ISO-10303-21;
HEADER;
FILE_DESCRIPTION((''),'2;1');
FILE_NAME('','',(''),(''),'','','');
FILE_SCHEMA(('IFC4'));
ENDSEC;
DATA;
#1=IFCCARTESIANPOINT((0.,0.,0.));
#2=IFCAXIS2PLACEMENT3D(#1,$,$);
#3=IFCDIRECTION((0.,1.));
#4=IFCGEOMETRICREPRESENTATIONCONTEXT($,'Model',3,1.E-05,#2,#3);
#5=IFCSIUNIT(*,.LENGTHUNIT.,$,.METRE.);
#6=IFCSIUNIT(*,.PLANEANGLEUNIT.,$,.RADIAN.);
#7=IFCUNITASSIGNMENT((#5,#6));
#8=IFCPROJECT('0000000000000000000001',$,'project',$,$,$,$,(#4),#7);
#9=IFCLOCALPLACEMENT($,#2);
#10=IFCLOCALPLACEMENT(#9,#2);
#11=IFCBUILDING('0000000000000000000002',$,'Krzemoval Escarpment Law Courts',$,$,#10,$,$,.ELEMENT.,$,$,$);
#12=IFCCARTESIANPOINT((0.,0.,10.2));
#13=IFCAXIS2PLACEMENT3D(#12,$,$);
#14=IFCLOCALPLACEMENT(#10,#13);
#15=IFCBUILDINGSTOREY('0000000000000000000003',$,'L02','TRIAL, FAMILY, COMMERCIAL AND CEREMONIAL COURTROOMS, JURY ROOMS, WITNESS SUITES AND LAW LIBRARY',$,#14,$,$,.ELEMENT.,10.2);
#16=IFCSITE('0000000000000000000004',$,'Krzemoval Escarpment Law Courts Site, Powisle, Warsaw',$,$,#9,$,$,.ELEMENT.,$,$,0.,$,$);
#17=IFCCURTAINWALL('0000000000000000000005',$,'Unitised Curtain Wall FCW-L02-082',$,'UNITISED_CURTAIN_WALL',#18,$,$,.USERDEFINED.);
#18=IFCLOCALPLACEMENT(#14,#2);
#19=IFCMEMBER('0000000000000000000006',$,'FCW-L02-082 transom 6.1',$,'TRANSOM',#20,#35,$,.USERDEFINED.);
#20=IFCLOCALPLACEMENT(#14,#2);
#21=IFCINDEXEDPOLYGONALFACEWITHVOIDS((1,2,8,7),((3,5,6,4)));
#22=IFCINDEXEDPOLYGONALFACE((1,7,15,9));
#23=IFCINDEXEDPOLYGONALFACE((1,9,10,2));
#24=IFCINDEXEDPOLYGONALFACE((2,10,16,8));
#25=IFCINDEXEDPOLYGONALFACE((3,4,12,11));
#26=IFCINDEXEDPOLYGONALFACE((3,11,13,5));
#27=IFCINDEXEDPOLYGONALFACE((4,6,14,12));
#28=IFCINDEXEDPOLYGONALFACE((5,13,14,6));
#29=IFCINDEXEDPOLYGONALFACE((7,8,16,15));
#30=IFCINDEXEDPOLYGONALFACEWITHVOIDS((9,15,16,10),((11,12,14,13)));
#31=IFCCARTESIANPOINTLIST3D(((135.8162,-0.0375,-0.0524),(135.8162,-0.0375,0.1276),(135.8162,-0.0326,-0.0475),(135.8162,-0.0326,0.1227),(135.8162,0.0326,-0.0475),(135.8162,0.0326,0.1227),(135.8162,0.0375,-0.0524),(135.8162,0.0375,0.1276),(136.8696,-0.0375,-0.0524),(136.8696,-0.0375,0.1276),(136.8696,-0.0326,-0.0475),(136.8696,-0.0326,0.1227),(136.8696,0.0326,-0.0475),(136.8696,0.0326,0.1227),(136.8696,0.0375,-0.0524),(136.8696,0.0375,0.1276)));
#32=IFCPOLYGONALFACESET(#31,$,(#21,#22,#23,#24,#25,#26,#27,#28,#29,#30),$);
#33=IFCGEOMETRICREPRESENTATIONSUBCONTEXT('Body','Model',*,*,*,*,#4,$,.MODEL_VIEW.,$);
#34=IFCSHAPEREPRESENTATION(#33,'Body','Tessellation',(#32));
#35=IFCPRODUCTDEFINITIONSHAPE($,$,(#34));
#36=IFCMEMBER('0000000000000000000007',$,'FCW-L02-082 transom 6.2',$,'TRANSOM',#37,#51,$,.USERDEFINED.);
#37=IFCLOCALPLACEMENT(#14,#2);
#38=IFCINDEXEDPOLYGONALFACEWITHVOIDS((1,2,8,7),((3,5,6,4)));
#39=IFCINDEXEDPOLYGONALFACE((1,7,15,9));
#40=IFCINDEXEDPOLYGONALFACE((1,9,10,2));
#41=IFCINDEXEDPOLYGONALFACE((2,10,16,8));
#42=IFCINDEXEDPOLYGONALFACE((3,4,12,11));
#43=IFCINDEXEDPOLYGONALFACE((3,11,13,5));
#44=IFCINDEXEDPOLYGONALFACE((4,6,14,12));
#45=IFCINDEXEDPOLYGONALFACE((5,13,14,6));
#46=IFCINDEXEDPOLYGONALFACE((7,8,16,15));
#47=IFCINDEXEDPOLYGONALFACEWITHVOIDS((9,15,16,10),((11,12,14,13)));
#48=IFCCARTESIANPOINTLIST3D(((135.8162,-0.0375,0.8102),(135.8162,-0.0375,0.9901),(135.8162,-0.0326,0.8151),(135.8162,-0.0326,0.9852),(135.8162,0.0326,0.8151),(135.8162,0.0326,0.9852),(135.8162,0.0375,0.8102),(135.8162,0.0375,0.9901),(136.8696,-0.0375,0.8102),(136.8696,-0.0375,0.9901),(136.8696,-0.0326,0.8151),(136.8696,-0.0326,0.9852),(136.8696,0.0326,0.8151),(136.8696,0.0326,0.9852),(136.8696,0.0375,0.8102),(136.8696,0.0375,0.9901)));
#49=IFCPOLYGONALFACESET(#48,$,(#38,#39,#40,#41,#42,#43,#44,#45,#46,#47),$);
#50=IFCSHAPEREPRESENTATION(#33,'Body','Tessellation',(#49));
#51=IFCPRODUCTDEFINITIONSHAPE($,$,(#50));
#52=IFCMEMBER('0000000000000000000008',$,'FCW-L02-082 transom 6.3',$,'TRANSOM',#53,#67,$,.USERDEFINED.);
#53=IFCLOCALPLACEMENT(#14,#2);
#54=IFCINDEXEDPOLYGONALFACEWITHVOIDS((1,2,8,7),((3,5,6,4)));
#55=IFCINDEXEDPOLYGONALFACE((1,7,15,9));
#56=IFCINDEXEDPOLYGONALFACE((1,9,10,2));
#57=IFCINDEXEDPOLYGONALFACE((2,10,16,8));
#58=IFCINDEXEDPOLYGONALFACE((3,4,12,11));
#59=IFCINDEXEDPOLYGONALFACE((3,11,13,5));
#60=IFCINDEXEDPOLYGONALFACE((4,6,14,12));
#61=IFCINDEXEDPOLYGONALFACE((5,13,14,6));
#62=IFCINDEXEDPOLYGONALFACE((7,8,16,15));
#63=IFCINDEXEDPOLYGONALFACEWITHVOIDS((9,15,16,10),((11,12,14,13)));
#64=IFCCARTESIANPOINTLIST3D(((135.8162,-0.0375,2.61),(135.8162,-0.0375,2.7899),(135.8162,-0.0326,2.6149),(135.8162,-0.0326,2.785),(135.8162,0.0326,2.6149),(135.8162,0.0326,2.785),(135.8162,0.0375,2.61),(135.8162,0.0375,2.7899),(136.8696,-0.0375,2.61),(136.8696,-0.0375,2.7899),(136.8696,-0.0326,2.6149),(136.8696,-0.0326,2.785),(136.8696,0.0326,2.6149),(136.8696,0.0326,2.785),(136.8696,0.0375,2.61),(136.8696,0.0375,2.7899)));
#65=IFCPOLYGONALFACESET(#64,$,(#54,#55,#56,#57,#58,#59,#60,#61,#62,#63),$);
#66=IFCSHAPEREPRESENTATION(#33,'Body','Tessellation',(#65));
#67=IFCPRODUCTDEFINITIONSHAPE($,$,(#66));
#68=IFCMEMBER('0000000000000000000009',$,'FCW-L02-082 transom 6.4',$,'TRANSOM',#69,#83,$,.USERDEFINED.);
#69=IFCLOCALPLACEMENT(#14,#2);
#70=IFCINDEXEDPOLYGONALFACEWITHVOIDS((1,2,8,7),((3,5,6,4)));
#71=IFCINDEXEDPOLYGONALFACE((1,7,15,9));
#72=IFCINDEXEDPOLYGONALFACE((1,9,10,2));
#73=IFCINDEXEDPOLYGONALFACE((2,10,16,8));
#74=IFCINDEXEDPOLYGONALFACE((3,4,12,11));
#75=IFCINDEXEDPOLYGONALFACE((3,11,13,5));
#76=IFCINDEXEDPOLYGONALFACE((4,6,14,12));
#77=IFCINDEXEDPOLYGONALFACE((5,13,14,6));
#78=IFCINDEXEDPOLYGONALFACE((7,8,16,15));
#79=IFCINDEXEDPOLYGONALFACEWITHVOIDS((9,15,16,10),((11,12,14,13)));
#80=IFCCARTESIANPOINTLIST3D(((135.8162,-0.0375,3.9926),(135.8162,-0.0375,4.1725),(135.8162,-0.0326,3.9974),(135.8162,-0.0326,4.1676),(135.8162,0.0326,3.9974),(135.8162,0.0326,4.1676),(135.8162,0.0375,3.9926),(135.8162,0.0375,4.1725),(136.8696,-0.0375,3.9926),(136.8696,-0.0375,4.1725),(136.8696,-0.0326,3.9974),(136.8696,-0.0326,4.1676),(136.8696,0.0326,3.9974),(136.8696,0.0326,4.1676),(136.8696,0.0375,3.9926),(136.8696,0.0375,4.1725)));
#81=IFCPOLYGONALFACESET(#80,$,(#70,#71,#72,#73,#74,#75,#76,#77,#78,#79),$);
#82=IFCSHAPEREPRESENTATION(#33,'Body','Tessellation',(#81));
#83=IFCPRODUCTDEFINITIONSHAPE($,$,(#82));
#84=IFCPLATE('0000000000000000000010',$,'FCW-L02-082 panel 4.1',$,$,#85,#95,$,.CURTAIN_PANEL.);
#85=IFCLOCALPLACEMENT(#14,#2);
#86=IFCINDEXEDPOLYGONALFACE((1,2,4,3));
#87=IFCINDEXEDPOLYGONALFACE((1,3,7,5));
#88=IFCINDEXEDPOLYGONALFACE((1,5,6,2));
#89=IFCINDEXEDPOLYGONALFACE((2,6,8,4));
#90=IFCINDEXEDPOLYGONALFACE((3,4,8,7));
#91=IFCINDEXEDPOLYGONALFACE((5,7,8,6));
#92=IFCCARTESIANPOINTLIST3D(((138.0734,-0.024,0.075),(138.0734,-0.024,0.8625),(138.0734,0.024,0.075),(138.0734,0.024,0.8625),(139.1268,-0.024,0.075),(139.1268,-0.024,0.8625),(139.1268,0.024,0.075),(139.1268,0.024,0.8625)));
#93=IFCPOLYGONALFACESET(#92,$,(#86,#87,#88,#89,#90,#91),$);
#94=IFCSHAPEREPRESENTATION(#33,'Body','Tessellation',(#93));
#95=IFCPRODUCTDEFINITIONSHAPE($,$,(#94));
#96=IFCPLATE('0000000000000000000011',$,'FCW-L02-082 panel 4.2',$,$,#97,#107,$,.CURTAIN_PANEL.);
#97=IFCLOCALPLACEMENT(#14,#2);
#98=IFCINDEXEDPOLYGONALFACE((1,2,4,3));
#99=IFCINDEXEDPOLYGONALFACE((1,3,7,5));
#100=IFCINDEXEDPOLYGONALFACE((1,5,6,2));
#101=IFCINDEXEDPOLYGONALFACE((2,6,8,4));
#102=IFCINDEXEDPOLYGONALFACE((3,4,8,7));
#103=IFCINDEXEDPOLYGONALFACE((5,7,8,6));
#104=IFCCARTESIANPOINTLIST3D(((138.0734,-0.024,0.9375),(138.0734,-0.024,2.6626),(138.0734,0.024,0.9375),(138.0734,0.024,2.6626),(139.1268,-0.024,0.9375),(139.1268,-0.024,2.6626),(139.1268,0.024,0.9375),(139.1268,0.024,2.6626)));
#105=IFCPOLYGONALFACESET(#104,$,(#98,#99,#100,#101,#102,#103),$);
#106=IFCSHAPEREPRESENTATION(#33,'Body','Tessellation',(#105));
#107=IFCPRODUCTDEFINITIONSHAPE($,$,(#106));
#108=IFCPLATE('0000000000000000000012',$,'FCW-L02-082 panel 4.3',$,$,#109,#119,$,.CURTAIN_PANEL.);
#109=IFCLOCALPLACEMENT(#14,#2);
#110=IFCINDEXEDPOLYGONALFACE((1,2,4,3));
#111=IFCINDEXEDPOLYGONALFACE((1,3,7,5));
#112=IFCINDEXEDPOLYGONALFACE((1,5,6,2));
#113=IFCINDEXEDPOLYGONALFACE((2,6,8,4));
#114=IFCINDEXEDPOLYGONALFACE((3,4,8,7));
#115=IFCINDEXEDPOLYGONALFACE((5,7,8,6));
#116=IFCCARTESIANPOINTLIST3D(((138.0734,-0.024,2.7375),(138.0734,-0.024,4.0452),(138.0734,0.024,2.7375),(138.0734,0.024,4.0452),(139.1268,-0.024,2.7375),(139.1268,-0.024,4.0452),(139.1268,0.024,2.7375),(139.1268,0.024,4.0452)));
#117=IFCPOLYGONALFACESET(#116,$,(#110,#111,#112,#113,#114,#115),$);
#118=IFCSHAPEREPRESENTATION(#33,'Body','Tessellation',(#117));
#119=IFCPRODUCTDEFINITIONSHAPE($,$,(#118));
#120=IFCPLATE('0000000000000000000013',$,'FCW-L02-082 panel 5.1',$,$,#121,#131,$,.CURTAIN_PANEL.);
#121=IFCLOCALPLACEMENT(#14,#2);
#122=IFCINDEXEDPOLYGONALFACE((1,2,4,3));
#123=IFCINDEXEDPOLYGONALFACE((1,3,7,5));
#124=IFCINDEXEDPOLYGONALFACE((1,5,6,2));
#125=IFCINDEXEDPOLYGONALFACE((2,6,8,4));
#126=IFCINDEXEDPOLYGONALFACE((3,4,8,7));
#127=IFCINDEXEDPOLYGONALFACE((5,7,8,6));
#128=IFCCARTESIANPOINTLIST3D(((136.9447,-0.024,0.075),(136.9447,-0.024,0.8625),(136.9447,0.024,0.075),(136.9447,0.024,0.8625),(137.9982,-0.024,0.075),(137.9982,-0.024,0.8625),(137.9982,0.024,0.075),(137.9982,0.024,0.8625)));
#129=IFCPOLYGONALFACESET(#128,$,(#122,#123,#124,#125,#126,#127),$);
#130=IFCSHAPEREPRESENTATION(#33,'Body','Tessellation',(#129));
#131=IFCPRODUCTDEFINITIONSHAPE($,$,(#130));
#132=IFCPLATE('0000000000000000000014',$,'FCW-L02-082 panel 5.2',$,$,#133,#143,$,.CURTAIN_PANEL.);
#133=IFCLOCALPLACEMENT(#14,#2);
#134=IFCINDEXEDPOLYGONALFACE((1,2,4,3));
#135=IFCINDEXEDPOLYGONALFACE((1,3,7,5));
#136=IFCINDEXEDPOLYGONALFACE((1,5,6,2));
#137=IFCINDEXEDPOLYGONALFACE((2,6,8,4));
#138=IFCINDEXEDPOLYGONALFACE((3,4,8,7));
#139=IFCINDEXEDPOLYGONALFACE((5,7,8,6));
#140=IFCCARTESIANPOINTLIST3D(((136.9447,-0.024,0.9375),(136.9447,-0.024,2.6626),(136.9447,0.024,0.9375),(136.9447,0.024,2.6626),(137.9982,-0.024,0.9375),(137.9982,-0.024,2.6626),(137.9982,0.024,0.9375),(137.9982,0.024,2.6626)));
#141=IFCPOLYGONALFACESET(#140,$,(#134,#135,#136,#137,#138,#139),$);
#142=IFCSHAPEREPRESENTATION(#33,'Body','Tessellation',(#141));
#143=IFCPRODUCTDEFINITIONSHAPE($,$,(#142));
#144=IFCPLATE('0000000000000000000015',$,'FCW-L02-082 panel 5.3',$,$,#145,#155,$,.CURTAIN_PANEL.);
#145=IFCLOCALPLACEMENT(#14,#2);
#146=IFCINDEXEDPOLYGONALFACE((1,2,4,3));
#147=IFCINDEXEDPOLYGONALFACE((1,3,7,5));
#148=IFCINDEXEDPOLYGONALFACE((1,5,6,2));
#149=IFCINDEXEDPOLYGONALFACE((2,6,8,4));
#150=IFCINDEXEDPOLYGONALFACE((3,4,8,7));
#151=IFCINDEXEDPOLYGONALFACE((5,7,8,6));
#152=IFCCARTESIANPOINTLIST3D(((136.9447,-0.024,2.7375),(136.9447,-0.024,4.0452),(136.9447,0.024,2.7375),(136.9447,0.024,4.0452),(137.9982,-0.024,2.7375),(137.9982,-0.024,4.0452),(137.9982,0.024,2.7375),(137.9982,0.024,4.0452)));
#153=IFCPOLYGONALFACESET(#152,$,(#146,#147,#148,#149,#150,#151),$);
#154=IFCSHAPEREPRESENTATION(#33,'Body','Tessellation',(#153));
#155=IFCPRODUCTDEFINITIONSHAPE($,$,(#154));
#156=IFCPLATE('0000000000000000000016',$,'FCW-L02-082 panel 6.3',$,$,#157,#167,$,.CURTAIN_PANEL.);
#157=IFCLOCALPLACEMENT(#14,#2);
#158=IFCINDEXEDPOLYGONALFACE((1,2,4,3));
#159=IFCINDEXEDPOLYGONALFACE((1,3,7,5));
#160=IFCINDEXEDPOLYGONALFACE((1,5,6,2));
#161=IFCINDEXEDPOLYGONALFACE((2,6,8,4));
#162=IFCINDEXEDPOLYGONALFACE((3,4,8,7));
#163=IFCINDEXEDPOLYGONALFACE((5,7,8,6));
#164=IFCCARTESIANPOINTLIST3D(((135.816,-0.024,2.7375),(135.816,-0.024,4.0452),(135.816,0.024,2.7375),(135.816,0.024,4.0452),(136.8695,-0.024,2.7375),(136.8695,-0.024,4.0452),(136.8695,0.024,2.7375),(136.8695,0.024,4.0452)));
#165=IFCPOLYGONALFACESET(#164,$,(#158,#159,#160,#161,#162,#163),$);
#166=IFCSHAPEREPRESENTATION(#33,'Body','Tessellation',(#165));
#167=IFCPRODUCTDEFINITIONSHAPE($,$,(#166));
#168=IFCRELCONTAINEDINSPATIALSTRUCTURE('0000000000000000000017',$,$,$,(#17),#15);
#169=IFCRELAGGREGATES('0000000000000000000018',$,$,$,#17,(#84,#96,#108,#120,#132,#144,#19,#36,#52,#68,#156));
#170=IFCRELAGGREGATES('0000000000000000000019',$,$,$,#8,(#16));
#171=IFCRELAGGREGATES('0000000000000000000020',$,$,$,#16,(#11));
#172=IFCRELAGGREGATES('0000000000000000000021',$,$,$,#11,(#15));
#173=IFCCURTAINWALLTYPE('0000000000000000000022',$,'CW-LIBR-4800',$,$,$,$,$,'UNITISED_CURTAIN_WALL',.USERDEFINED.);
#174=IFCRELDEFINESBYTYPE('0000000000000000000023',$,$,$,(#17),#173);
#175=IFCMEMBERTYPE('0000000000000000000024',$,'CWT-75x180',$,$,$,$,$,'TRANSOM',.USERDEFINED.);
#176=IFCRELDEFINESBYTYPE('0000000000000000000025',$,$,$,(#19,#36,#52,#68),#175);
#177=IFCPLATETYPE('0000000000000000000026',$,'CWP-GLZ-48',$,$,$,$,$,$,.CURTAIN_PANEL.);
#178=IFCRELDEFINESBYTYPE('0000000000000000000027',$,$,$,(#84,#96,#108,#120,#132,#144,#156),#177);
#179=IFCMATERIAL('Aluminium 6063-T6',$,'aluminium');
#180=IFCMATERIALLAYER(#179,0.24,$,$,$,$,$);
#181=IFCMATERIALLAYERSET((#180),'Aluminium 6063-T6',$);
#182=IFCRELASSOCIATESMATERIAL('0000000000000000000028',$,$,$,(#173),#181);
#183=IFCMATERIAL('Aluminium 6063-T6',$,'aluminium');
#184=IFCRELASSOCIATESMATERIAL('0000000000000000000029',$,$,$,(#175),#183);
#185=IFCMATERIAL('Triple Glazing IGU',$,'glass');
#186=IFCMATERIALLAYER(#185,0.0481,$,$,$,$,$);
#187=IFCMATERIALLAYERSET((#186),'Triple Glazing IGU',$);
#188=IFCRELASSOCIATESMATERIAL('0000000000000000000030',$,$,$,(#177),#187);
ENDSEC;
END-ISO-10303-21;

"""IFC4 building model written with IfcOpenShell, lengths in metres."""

from ifc_helpers import new_model, si_unit, direction, frame, origin, origin_2d, place, context, subcontext, project, spatial, rectangle, hollow_rectangle, extrude, material, layer, layer_set, material_profile, profile_set, type_object, element, aggregate, save


model = new_model("IFC4")

# Units and contexts
model_context = context("Model", 3, precision=1e-05, world=origin(), true_north=direction((0.0, 1.0)))
body_context = subcontext(model_context, "Body", "Model", "MODEL_VIEW")
ifc_project = project(units=[si_unit("LENGTHUNIT", "METRE"), si_unit("PLANEANGLEUNIT", "RADIAN")], contexts=[model_context])

# Site, building, storey
site_placement = place(None, origin())
site = spatial("IfcSite", under=ifc_project, at=site_placement, Name="Krzemoval Escarpment Law Courts Site, Powisle, Warsaw", CompositionType="ELEMENT", RefElevation=0.0)
building_placement = place(site_placement, origin())
building = spatial("IfcBuilding", under=site, at=building_placement, Name="Krzemoval Escarpment Law Courts", CompositionType="ELEMENT")
storey_placement = place(building_placement, frame((0.0, 0.0, 10.2)))
storey = spatial("IfcBuildingStorey", under=building, at=storey_placement, Name="L02", Description="TRIAL, FAMILY, COMMERCIAL AND CEREMONIAL COURTROOMS, JURY ROOMS, WITNESS SUITES AND LAW LIBRARY", CompositionType="ELEMENT", Elevation=10.2)

# Curtain wall, members, plates
ifc_material_1 = material(Name="Aluminium 6063-T6", Category="aluminium")
ifc_layer_1 = layer(ifc_material_1, 0.24)
ifc_layer_set_1 = layer_set([ifc_layer_1], Name="Aluminium 6063-T6")
curtain_wall_type = type_object("IfcCurtainWallType", Name="CW-LIBR-4800", ElementType="UNITISED_CURTAIN_WALL", PredefinedType="USERDEFINED", material=ifc_layer_set_1)
curtain_wall_placement = place(storey_placement, origin())
curtain_wall = element("IfcCurtainWall", 1, at=curtain_wall_placement, inside=storey, type_object=curtain_wall_type, Name="Unitised Curtain Wall FCW-L02-082", ObjectType="UNITISED_CURTAIN_WALL", PredefinedType="USERDEFINED")
ifc_material_2 = material(Name="Aluminium 6063-T6", Category="aluminium")
ifc_material_profile_1 = material_profile(ifc_material_2, hollow_rectangle(XDim=0.075, YDim=0.1799, WallThickness=0.0049, at=origin_2d()), Name="ALU T75x180")
ifc_profile_set_1 = profile_set([ifc_material_profile_1], Name="Aluminium 6063-T6")
member_type_1 = type_object("IfcMemberType", Name="CWT-75x180", ElementType="TRANSOM", PredefinedType="USERDEFINED", material=ifc_profile_set_1)
member_1_placement = place(storey_placement, frame((136.8696, 0.0, 0.0376), z_axis=(-1.0, 0.0, 0.0), x_axis=(0.0, -1.0, 0.0)))
member_1 = element("IfcMember", 2, at=member_1_placement, type_object=member_type_1, Name="FCW-L02-082 transom 6.1", ObjectType="TRANSOM", PredefinedType="USERDEFINED", context=body_context, shape_type="SweptSolid", body=[
    extrude(hollow_rectangle(XDim=0.075, YDim=0.1799, WallThickness=0.0049, at=origin_2d()), origin(), (0.0, 0.0, 1.0), 1.0535),
])
member_2_placement = place(storey_placement, frame((136.8696, 0.0, 0.9001), z_axis=(-1.0, 0.0, 0.0), x_axis=(0.0, -1.0, 0.0)))
member_2 = element("IfcMember", 3, at=member_2_placement, type_object=member_type_1, Name="FCW-L02-082 transom 6.2", ObjectType="TRANSOM", PredefinedType="USERDEFINED", context=body_context, shape_type="SweptSolid", body=[
    extrude(hollow_rectangle(XDim=0.075, YDim=0.1799, WallThickness=0.0049, at=origin_2d()), origin(), (0.0, 0.0, 1.0), 1.0535),
])
member_3_placement = place(storey_placement, frame((136.8696, 0.0, 2.7), z_axis=(-1.0, 0.0, 0.0), x_axis=(0.0, -1.0, 0.0)))
member_3 = element("IfcMember", 4, at=member_3_placement, type_object=member_type_1, Name="FCW-L02-082 transom 6.3", ObjectType="TRANSOM", PredefinedType="USERDEFINED", context=body_context, shape_type="SweptSolid", body=[
    extrude(hollow_rectangle(XDim=0.075, YDim=0.1799, WallThickness=0.0049, at=origin_2d()), origin(), (0.0, 0.0, 1.0), 1.0535),
])
member_4_placement = place(storey_placement, frame((136.8696, 0.0, 4.0825), z_axis=(-1.0, 0.0, 0.0), x_axis=(0.0, -1.0, 0.0)))
member_4 = element("IfcMember", 5, at=member_4_placement, type_object=member_type_1, Name="FCW-L02-082 transom 6.4", ObjectType="TRANSOM", PredefinedType="USERDEFINED", context=body_context, shape_type="SweptSolid", body=[
    extrude(hollow_rectangle(XDim=0.075, YDim=0.1799, WallThickness=0.0049, at=origin_2d()), origin(), (0.0, 0.0, 1.0), 1.0535),
])
ifc_material_3 = material(Name="Triple Glazing IGU", Category="glass")
ifc_layer_2 = layer(ifc_material_3, 0.0481)
ifc_layer_set_2 = layer_set([ifc_layer_2], Name="Triple Glazing IGU")
plate_type = type_object("IfcPlateType", Name="CWP-GLZ-48", PredefinedType="CURTAIN_PANEL", material=ifc_layer_set_2)
plate_1_placement = place(storey_placement, frame((138.6001, 0.0, 0.075), z_axis=(0.0, 0.0, 1.0), x_axis=(-1.0, 0.0, 0.0)))
plate_1 = element("IfcPlate", 6, at=plate_1_placement, type_object=plate_type, Name="FCW-L02-082 panel 4.1", PredefinedType="CURTAIN_PANEL", context=body_context, shape_type="SweptSolid", body=[
    extrude(rectangle(XDim=1.0535, YDim=0.0481, at=origin_2d()), origin(), (0.0, 0.0, 1.0), 0.7876),
])
plate_2_placement = place(storey_placement, frame((138.6001, 0.0, 0.9375), z_axis=(0.0, 0.0, 1.0), x_axis=(-1.0, 0.0, 0.0)))
plate_2 = element("IfcPlate", 7, at=plate_2_placement, type_object=plate_type, Name="FCW-L02-082 panel 4.2", PredefinedType="CURTAIN_PANEL", context=body_context, shape_type="SweptSolid", body=[
    extrude(rectangle(XDim=1.0535, YDim=0.0481, at=origin_2d()), origin(), (0.0, 0.0, 1.0), 1.7251),
])
plate_3_placement = place(storey_placement, frame((138.6001, 0.0, 2.7375), z_axis=(0.0, 0.0, 1.0), x_axis=(-1.0, 0.0, 0.0)))
plate_3 = element("IfcPlate", 8, at=plate_3_placement, type_object=plate_type, Name="FCW-L02-082 panel 4.3", PredefinedType="CURTAIN_PANEL", context=body_context, shape_type="SweptSolid", body=[
    extrude(rectangle(XDim=1.0535, YDim=0.0481, at=origin_2d()), origin(), (0.0, 0.0, 1.0), 1.3076),
])
plate_4_placement = place(storey_placement, frame((137.4714, 0.0, 0.075), z_axis=(0.0, 0.0, 1.0), x_axis=(-1.0, 0.0, 0.0)))
plate_4 = element("IfcPlate", 9, at=plate_4_placement, type_object=plate_type, Name="FCW-L02-082 panel 5.1", PredefinedType="CURTAIN_PANEL", context=body_context, shape_type="SweptSolid", body=[
    extrude(rectangle(XDim=1.0535, YDim=0.0481, at=origin_2d()), origin(), (0.0, 0.0, 1.0), 0.7876),
])
plate_5_placement = place(storey_placement, frame((137.4714, 0.0, 0.9375), z_axis=(0.0, 0.0, 1.0), x_axis=(-1.0, 0.0, 0.0)))
plate_5 = element("IfcPlate", 10, at=plate_5_placement, type_object=plate_type, Name="FCW-L02-082 panel 5.2", PredefinedType="CURTAIN_PANEL", context=body_context, shape_type="SweptSolid", body=[
    extrude(rectangle(XDim=1.0535, YDim=0.0481, at=origin_2d()), origin(), (0.0, 0.0, 1.0), 1.7251),
])
plate_6_placement = place(storey_placement, frame((137.4714, 0.0, 2.7375), z_axis=(0.0, 0.0, 1.0), x_axis=(-1.0, 0.0, 0.0)))
plate_6 = element("IfcPlate", 11, at=plate_6_placement, type_object=plate_type, Name="FCW-L02-082 panel 5.3", PredefinedType="CURTAIN_PANEL", context=body_context, shape_type="SweptSolid", body=[
    extrude(rectangle(XDim=1.0535, YDim=0.0481, at=origin_2d()), origin(), (0.0, 0.0, 1.0), 1.3076),
])
plate_7_placement = place(storey_placement, frame((136.3428, 0.0, 2.7375), z_axis=(0.0, 0.0, 1.0), x_axis=(-1.0, 0.0, 0.0)))
plate_7 = element("IfcPlate", 12, at=plate_7_placement, type_object=plate_type, Name="FCW-L02-082 panel 6.3", PredefinedType="CURTAIN_PANEL", context=body_context, shape_type="SweptSolid", body=[
    extrude(rectangle(XDim=1.0535, YDim=0.0481, at=origin_2d()), origin(), (0.0, 0.0, 1.0), 1.3076),
])
aggregate(curtain_wall, [plate_1, plate_2, plate_3, plate_4, plate_5, plate_6, member_1, member_2, member_3, member_4, plate_7])

save(model, "model.ifc")
